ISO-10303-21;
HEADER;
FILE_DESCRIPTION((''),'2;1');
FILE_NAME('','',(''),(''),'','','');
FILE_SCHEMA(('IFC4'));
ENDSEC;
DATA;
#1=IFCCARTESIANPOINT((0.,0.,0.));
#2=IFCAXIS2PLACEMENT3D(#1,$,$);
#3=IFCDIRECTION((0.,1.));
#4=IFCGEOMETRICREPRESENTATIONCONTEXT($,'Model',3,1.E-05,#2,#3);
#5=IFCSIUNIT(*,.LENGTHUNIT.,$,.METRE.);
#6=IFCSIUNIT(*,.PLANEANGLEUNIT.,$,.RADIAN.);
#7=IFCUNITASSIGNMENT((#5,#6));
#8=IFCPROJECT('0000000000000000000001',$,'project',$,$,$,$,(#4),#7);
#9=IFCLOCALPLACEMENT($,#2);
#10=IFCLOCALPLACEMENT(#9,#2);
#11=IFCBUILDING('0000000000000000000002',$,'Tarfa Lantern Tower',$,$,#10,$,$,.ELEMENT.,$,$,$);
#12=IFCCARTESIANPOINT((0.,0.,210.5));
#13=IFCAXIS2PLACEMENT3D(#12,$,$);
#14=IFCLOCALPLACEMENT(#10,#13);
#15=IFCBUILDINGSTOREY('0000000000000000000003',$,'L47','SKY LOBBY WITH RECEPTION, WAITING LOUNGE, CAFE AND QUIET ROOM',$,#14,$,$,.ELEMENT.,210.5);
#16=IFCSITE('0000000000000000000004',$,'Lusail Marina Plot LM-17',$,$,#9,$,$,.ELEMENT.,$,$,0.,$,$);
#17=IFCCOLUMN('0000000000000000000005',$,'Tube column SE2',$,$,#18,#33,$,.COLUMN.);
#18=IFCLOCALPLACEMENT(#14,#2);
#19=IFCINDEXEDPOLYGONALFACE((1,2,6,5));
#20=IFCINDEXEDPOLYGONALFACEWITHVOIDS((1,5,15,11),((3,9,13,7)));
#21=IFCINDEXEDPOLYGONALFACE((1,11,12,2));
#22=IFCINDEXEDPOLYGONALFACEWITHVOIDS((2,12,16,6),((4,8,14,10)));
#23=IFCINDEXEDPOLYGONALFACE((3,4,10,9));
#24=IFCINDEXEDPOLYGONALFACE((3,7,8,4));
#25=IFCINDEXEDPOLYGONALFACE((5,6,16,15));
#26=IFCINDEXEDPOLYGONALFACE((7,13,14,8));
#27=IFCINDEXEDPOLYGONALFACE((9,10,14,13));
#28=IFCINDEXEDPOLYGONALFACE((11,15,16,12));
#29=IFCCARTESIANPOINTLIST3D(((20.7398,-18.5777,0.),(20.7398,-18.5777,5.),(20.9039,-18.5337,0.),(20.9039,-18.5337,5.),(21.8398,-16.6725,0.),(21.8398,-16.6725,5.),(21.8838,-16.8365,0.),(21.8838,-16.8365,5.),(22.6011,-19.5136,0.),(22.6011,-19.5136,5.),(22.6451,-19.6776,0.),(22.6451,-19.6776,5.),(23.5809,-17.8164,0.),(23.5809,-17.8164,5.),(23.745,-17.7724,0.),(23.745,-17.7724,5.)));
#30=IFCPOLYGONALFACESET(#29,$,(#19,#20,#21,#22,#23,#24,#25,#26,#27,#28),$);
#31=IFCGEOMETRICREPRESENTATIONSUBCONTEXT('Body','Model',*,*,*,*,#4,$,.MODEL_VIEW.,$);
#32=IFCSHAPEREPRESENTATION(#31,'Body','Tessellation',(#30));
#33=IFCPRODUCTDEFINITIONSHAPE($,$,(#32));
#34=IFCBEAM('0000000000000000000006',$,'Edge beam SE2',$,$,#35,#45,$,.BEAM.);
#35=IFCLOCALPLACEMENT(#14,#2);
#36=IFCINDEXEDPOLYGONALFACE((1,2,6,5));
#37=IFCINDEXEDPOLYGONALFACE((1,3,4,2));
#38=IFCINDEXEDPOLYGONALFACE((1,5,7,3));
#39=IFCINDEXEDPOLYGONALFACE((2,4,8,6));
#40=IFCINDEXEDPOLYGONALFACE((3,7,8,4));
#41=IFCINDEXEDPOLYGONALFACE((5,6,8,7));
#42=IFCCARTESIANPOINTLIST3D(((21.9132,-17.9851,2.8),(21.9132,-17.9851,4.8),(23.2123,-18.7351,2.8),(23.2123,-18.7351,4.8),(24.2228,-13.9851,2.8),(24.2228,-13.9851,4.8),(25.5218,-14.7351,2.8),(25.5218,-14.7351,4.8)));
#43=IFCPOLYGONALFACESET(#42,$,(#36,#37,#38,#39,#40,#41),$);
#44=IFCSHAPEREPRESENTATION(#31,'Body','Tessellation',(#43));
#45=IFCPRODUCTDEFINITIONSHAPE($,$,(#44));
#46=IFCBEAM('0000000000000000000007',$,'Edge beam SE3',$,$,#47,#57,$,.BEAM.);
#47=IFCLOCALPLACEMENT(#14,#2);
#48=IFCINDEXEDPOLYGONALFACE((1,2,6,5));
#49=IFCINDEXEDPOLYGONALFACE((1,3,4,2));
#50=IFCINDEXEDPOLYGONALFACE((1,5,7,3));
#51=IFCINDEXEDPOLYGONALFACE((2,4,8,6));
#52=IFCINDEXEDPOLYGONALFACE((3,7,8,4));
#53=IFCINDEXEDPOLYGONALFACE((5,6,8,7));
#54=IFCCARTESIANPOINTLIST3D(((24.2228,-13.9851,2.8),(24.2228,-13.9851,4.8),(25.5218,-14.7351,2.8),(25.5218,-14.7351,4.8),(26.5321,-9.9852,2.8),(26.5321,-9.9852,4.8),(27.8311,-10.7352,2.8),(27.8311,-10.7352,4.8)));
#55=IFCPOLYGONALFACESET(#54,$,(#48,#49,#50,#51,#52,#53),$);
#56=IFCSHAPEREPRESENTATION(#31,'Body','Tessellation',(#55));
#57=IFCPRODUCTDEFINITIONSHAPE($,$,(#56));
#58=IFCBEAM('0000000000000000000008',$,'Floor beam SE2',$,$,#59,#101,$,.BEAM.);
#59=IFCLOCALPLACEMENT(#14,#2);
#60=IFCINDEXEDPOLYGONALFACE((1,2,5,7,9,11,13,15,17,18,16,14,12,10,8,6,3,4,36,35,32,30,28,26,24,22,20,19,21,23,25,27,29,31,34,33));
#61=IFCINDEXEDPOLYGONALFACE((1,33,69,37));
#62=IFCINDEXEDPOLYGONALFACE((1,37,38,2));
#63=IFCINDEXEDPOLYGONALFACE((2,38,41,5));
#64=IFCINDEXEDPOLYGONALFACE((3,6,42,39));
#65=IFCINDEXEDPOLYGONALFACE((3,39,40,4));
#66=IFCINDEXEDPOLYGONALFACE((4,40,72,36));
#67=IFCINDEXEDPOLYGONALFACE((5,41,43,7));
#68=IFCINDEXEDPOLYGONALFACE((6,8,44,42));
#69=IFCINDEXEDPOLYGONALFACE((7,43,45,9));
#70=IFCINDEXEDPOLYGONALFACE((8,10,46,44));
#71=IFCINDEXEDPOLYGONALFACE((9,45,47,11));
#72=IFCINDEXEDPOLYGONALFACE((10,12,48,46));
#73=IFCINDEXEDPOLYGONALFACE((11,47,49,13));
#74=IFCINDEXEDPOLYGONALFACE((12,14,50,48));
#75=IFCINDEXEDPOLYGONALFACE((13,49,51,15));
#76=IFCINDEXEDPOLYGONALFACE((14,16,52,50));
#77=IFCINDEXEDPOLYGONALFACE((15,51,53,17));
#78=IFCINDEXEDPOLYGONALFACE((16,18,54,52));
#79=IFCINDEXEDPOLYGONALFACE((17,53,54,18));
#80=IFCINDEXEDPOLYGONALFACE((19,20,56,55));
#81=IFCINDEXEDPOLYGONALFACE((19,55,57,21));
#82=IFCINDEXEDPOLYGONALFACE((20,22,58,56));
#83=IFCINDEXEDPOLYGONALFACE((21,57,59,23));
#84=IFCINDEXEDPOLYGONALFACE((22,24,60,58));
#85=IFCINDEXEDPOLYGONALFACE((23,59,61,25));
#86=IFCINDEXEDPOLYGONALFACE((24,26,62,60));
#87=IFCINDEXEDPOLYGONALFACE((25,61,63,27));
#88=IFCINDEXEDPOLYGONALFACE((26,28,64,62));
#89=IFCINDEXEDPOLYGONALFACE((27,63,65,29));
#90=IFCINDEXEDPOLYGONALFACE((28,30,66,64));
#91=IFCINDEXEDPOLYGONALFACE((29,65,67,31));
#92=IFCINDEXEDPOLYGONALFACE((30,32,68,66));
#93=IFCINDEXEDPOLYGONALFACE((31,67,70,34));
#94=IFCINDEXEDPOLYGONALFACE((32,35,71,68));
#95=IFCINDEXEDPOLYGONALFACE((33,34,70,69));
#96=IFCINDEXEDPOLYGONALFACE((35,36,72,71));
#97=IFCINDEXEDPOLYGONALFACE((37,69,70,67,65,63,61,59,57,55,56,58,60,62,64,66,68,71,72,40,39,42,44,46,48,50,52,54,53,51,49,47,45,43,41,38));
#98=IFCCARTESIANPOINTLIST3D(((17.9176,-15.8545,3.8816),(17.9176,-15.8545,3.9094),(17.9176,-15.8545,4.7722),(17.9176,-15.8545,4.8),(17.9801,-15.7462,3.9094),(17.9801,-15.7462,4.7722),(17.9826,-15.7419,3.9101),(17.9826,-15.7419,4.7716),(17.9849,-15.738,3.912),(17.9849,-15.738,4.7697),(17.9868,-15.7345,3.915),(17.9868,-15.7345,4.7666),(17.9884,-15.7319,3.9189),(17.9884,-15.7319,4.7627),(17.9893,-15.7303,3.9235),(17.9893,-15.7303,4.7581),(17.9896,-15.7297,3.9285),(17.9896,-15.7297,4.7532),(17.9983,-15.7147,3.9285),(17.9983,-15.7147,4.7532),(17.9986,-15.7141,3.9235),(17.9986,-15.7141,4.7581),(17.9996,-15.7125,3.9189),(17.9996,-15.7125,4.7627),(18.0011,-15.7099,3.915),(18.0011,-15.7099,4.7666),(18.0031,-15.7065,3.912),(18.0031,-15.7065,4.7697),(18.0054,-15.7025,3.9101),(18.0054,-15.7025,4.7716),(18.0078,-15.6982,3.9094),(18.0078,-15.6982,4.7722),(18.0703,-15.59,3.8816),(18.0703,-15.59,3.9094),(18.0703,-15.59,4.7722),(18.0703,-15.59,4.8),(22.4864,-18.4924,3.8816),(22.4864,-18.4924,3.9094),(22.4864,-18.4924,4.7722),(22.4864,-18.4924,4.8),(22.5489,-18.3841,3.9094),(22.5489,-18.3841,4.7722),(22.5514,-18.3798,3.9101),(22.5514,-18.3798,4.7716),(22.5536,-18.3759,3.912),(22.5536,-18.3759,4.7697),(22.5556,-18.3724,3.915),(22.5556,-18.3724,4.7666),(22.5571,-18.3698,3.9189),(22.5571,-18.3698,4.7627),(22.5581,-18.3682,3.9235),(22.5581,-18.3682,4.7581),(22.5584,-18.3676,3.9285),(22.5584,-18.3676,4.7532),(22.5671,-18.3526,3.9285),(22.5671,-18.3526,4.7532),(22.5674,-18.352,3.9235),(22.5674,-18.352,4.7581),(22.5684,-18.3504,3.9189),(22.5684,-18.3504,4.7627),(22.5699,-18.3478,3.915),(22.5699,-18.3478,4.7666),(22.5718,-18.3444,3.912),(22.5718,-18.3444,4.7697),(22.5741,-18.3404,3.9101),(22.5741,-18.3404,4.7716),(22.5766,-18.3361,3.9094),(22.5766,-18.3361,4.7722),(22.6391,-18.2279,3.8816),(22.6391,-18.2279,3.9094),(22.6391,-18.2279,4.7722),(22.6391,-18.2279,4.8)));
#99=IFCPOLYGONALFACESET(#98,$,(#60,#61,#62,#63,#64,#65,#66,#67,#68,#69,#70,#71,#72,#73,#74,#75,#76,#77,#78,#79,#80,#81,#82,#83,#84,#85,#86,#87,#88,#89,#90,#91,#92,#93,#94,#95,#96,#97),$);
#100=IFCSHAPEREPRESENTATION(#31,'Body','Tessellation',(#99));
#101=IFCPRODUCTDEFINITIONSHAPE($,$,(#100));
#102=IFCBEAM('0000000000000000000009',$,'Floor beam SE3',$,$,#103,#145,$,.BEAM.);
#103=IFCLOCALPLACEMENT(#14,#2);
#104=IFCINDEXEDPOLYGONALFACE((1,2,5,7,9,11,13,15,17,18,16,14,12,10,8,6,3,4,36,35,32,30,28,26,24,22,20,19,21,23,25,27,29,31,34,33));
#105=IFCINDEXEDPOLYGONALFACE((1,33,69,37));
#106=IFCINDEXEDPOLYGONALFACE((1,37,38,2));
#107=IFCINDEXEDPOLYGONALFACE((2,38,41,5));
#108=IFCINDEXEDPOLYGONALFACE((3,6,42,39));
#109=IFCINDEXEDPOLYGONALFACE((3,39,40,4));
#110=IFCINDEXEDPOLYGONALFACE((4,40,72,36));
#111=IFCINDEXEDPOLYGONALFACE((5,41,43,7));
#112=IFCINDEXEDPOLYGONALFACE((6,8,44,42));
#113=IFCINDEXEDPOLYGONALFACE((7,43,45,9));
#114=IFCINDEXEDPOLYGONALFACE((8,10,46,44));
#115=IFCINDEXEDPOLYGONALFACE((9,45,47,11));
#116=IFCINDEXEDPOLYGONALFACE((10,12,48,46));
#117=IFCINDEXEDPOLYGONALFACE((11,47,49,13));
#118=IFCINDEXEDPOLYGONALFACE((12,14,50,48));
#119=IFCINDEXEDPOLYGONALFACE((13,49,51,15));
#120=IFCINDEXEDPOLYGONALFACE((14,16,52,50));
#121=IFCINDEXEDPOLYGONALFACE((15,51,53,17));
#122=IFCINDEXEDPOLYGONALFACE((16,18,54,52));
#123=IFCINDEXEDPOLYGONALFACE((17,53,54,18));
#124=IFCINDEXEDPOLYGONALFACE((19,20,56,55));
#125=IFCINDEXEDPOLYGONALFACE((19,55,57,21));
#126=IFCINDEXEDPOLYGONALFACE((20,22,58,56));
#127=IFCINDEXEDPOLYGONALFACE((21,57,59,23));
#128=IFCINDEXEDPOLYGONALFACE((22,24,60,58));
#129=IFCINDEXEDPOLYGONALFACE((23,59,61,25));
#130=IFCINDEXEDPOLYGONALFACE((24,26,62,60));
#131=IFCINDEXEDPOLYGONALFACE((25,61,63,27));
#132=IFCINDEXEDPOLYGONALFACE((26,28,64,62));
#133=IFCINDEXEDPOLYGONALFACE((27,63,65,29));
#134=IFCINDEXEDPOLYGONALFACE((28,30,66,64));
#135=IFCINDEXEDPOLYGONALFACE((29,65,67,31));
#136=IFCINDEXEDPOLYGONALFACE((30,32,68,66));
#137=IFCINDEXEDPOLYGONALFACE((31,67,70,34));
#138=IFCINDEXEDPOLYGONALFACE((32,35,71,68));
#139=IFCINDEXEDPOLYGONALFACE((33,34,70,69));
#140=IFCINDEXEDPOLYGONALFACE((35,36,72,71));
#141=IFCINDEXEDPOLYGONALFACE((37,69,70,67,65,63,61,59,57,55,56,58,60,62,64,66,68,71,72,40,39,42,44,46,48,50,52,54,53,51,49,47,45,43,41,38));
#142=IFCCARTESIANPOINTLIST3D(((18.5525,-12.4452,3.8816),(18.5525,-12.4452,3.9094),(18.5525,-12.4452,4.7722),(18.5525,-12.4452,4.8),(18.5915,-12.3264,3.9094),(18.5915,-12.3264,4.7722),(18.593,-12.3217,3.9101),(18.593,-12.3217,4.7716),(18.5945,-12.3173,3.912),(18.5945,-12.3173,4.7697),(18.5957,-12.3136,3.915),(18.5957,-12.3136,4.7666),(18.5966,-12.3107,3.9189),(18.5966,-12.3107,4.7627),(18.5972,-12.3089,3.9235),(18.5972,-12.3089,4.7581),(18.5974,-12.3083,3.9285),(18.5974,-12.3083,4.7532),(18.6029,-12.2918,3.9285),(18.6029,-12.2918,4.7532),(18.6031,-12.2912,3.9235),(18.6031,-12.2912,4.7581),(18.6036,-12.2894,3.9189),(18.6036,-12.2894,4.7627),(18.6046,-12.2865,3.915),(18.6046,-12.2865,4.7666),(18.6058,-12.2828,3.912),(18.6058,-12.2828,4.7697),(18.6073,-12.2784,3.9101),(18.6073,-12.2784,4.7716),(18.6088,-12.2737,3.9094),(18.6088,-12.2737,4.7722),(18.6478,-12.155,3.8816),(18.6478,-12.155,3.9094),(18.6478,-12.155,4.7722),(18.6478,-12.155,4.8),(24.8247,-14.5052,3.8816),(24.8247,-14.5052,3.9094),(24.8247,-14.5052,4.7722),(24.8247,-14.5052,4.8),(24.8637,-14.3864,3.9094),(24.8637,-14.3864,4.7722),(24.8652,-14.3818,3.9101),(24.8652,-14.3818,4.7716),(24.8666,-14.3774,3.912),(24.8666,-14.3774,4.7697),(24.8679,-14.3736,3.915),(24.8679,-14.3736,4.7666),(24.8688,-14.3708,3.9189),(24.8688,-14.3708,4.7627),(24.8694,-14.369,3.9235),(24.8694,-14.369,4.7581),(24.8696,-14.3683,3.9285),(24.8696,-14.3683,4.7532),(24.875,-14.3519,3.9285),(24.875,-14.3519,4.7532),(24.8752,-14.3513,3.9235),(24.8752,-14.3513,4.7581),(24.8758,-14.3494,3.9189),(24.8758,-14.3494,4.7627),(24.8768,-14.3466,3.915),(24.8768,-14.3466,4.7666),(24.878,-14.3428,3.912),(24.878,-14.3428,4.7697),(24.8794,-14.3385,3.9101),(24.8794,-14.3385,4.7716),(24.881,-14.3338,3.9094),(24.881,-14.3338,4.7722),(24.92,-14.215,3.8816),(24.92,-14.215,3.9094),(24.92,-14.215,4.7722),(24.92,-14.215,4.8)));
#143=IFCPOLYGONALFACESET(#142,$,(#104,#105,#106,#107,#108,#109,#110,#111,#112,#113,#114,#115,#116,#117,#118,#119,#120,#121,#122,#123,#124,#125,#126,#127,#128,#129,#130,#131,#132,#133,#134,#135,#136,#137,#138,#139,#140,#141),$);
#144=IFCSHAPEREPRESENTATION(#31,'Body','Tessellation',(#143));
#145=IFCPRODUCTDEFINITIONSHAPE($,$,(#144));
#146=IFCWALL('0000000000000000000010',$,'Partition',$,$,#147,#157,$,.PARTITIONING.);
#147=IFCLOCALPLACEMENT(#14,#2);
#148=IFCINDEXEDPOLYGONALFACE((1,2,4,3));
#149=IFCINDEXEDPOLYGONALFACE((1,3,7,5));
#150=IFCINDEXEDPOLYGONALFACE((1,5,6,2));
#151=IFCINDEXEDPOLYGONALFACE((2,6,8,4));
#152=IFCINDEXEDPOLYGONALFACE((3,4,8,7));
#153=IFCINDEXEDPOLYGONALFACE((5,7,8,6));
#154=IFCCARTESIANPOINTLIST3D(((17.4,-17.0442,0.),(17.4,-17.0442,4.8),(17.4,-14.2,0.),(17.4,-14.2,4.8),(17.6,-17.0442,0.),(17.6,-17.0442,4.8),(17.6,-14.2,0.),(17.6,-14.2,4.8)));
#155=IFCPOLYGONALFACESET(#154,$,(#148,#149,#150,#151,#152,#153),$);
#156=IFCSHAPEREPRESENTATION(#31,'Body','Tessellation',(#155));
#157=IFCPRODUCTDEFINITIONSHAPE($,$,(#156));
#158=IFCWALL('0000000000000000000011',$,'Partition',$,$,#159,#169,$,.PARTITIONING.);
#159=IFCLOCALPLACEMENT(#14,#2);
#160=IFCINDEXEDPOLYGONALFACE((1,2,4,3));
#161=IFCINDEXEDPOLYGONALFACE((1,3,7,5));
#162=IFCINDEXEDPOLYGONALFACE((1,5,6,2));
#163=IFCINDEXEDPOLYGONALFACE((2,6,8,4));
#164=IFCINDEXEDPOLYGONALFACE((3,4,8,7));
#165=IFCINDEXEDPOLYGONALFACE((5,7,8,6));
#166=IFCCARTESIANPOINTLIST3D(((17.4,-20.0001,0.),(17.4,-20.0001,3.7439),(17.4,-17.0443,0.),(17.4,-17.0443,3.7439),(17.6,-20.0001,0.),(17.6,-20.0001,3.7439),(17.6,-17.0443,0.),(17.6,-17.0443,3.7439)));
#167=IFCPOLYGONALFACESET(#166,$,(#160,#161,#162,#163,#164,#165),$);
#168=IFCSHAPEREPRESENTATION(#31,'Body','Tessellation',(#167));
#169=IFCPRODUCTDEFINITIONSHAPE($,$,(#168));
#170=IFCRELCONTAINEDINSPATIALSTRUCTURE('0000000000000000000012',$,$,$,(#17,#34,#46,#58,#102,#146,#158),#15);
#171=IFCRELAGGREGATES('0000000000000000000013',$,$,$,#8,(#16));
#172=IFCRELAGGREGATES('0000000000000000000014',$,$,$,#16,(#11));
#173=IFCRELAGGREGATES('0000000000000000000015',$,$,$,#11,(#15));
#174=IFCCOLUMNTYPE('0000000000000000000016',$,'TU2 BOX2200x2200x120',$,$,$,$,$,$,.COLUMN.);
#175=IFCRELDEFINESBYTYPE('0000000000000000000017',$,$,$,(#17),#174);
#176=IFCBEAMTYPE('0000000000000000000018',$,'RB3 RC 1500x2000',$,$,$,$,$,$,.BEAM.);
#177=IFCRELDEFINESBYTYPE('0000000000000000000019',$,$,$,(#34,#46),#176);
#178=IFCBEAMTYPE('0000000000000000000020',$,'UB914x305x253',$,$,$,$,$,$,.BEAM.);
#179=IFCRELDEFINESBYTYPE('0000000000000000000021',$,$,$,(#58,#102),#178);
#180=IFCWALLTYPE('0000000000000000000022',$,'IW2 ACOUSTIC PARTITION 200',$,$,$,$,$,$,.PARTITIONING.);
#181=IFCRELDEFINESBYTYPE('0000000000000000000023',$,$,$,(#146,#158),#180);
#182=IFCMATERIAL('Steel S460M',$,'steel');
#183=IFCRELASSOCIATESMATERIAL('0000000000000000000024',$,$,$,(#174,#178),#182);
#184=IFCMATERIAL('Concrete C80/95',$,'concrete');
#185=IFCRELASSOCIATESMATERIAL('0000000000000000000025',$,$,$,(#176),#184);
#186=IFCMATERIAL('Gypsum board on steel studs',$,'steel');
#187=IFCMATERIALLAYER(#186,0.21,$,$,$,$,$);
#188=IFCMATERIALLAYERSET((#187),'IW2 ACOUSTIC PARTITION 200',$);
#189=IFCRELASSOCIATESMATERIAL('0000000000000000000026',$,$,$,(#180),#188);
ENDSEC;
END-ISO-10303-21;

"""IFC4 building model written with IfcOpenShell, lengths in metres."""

from ifc_helpers import new_model, si_unit, direction, frame, frame_2d, origin, origin_2d, place, context, subcontext, project, spatial, rectangle, hollow_rectangle, i_section, extrude, material, layer, layer_set, material_profile, profile_set, type_object, element, save


model = new_model("IFC4")

# Units and contexts
model_context = context("Model", 3, precision=1e-05, world=origin(), true_north=direction((0.0, 1.0)))
body_context = subcontext(model_context, "Body", "Model", "MODEL_VIEW")
ifc_project = project(units=[si_unit("LENGTHUNIT", "METRE"), si_unit("PLANEANGLEUNIT", "RADIAN")], contexts=[model_context])

# Site, building, storey
site_placement = place(None, origin())
site = spatial("IfcSite", under=ifc_project, at=site_placement, Name="Lusail Marina Plot LM-17", CompositionType="ELEMENT", RefElevation=0.0)
building_placement = place(site_placement, origin())
building = spatial("IfcBuilding", under=site, at=building_placement, Name="Tarfa Lantern Tower", CompositionType="ELEMENT")
storey_placement = place(building_placement, frame((0.0, 0.0, 210.5)))
storey = spatial("IfcBuildingStorey", under=building, at=storey_placement, Name="L47", Description="SKY LOBBY WITH RECEPTION, WAITING LOUNGE, CAFE AND QUIET ROOM", CompositionType="ELEMENT", Elevation=210.5)

# Column
ifc_material_1 = material(Name="Steel S460M", Category="steel")
ifc_material_profile_1 = material_profile(ifc_material_1, hollow_rectangle(XDim=2.2, YDim=2.2, WallThickness=0.1201, at=origin_2d()), Name="BOX2200x2200x120")
ifc_profile_set_1 = profile_set([ifc_material_profile_1], Name="Steel S460M")
column_type = type_object("IfcColumnType", Name="TU2 BOX2200x2200x120", PredefinedType="COLUMN", material=ifc_profile_set_1)
column_placement = place(storey_placement, frame((22.2424, -18.175, 0.0), z_axis=(0.0, 0.0, 1.0), x_axis=(0.5, 0.866025, 0.0)))
element("IfcColumn", 1, at=column_placement, inside=storey, type_object=column_type, Name="Tube column SE2", PredefinedType="COLUMN", context=body_context, shape_type="SweptSolid", body=[
    extrude(hollow_rectangle(XDim=2.2, YDim=2.2, WallThickness=0.1201, at=origin_2d()), origin(), (0.0, 0.0, 1.0), 5.0),
])

# Beams
ifc_material_2 = material(Name="Concrete C80/95", Category="concrete")
ifc_material_profile_2 = material_profile(ifc_material_2, rectangle(XDim=1.5, YDim=2.0, at=origin_2d()), Name="RC 1500x2000")
ifc_profile_set_2 = profile_set([ifc_material_profile_2], Name="Concrete C80/95")
beam_type_1 = type_object("IfcBeamType", Name="RB3 RC 1500x2000", PredefinedType="BEAM", material=ifc_profile_set_2)
beam_1_placement = place(storey_placement, frame((22.5627, -18.3601, 3.8), z_axis=(0.500027, 0.86601, 0.0), x_axis=(-0.86601, 0.500027, 0.0)))
element("IfcBeam", 2, at=beam_1_placement, inside=storey, type_object=beam_type_1, Name="Edge beam SE2", PredefinedType="BEAM", context=body_context, shape_type="SweptSolid", body=[
    extrude(rectangle(XDim=1.5, YDim=2.0, at=origin_2d()), origin(), (0.0, 0.0, 1.0), 4.6189),
])
beam_2_placement = place(storey_placement, frame((24.8723, -14.3601, 3.8), z_axis=(0.499988, 0.866032, 0.0), x_axis=(-0.866032, 0.499988, 0.0)))
element("IfcBeam", 3, at=beam_2_placement, inside=storey, type_object=beam_type_1, Name="Edge beam SE3", PredefinedType="BEAM", context=body_context, shape_type="SweptSolid", body=[
    extrude(rectangle(XDim=1.5, YDim=2.0, at=origin_2d()), origin(), (0.0, 0.0, 1.0), 4.6187),
])
ifc_material_profile_3 = material_profile(ifc_material_1, i_section(OverallWidth=0.3054, OverallDepth=0.9185, WebThickness=0.0173, FlangeThickness=0.0278, FilletRadius=0.019, at=origin_2d()), Name="UB914x305x253")
ifc_profile_set_3 = profile_set([ifc_material_profile_3], Name="Steel S460M")
beam_type_2 = type_object("IfcBeamType", Name="UB914x305x253", PredefinedType="BEAM", material=ifc_profile_set_3)
beam_3_placement = place(storey_placement, frame((22.5627, -18.3601, 4.3408), z_axis=(-0.866016, 0.500016, 0.0), x_axis=(-0.500016, -0.866016, 0.0)))
element("IfcBeam", 4, at=beam_3_placement, inside=storey, type_object=beam_type_2, Name="Floor beam SE2", PredefinedType="BEAM", context=body_context, shape_type="SweptSolid", body=[
    extrude(i_section(OverallWidth=0.3054, OverallDepth=0.9185, WebThickness=0.0173, FlangeThickness=0.0278, FilletRadius=0.019, at=origin_2d()), origin(), (0.0, 0.0, 1.0), 5.2756),
])
beam_4_placement = place(storey_placement, frame((24.8723, -14.3601, 4.3408), z_axis=(-0.950068, 0.312042, 0.0), x_axis=(-0.312042, -0.950068, 0.0)))
element("IfcBeam", 5, at=beam_4_placement, inside=storey, type_object=beam_type_2, Name="Floor beam SE3", PredefinedType="BEAM", context=body_context, shape_type="SweptSolid", body=[
    extrude(i_section(OverallWidth=0.3054, OverallDepth=0.9185, WebThickness=0.0173, FlangeThickness=0.0278, FilletRadius=0.019, at=origin_2d()), origin(), (0.0, 0.0, 1.0), 6.6018),
])

# Walls
ifc_material_3 = material(Name="Gypsum board on steel studs", Category="steel")
ifc_layer = layer(ifc_material_3, 0.21)
ifc_layer_set = layer_set([ifc_layer], Name="IW2 ACOUSTIC PARTITION 200")
wall_type = type_object("IfcWallType", Name="IW2 ACOUSTIC PARTITION 200", PredefinedType="PARTITIONING", material=ifc_layer_set)
wall_1_placement = place(storey_placement, frame((17.5, -14.2, 0.0), z_axis=(0.0, 0.0, 1.0), x_axis=(0.0, -1.0, 0.0)))
element("IfcWall", 6, at=wall_1_placement, inside=storey, type_object=wall_type, Name="Partition", PredefinedType="PARTITIONING", context=body_context, shape_type="SweptSolid", body=[
    extrude(rectangle(XDim=2.8442, YDim=0.2, at=frame_2d((1.4221, 0.0))), origin(), (0.0, 0.0, 1.0), 4.8),
])
wall_2_placement = place(storey_placement, frame((17.5, -17.0442, 0.0), z_axis=(0.0, 0.0, 1.0), x_axis=(0.0, -1.0, 0.0)))
element("IfcWall", 7, at=wall_2_placement, inside=storey, type_object=wall_type, Name="Partition", PredefinedType="PARTITIONING", context=body_context, shape_type="SweptSolid", body=[
    extrude(rectangle(XDim=2.9558, YDim=0.2, at=frame_2d((1.478, 0.0))), origin(), (0.0, 0.0, 1.0), 3.7439),
])

save(model, "model.ifc")
